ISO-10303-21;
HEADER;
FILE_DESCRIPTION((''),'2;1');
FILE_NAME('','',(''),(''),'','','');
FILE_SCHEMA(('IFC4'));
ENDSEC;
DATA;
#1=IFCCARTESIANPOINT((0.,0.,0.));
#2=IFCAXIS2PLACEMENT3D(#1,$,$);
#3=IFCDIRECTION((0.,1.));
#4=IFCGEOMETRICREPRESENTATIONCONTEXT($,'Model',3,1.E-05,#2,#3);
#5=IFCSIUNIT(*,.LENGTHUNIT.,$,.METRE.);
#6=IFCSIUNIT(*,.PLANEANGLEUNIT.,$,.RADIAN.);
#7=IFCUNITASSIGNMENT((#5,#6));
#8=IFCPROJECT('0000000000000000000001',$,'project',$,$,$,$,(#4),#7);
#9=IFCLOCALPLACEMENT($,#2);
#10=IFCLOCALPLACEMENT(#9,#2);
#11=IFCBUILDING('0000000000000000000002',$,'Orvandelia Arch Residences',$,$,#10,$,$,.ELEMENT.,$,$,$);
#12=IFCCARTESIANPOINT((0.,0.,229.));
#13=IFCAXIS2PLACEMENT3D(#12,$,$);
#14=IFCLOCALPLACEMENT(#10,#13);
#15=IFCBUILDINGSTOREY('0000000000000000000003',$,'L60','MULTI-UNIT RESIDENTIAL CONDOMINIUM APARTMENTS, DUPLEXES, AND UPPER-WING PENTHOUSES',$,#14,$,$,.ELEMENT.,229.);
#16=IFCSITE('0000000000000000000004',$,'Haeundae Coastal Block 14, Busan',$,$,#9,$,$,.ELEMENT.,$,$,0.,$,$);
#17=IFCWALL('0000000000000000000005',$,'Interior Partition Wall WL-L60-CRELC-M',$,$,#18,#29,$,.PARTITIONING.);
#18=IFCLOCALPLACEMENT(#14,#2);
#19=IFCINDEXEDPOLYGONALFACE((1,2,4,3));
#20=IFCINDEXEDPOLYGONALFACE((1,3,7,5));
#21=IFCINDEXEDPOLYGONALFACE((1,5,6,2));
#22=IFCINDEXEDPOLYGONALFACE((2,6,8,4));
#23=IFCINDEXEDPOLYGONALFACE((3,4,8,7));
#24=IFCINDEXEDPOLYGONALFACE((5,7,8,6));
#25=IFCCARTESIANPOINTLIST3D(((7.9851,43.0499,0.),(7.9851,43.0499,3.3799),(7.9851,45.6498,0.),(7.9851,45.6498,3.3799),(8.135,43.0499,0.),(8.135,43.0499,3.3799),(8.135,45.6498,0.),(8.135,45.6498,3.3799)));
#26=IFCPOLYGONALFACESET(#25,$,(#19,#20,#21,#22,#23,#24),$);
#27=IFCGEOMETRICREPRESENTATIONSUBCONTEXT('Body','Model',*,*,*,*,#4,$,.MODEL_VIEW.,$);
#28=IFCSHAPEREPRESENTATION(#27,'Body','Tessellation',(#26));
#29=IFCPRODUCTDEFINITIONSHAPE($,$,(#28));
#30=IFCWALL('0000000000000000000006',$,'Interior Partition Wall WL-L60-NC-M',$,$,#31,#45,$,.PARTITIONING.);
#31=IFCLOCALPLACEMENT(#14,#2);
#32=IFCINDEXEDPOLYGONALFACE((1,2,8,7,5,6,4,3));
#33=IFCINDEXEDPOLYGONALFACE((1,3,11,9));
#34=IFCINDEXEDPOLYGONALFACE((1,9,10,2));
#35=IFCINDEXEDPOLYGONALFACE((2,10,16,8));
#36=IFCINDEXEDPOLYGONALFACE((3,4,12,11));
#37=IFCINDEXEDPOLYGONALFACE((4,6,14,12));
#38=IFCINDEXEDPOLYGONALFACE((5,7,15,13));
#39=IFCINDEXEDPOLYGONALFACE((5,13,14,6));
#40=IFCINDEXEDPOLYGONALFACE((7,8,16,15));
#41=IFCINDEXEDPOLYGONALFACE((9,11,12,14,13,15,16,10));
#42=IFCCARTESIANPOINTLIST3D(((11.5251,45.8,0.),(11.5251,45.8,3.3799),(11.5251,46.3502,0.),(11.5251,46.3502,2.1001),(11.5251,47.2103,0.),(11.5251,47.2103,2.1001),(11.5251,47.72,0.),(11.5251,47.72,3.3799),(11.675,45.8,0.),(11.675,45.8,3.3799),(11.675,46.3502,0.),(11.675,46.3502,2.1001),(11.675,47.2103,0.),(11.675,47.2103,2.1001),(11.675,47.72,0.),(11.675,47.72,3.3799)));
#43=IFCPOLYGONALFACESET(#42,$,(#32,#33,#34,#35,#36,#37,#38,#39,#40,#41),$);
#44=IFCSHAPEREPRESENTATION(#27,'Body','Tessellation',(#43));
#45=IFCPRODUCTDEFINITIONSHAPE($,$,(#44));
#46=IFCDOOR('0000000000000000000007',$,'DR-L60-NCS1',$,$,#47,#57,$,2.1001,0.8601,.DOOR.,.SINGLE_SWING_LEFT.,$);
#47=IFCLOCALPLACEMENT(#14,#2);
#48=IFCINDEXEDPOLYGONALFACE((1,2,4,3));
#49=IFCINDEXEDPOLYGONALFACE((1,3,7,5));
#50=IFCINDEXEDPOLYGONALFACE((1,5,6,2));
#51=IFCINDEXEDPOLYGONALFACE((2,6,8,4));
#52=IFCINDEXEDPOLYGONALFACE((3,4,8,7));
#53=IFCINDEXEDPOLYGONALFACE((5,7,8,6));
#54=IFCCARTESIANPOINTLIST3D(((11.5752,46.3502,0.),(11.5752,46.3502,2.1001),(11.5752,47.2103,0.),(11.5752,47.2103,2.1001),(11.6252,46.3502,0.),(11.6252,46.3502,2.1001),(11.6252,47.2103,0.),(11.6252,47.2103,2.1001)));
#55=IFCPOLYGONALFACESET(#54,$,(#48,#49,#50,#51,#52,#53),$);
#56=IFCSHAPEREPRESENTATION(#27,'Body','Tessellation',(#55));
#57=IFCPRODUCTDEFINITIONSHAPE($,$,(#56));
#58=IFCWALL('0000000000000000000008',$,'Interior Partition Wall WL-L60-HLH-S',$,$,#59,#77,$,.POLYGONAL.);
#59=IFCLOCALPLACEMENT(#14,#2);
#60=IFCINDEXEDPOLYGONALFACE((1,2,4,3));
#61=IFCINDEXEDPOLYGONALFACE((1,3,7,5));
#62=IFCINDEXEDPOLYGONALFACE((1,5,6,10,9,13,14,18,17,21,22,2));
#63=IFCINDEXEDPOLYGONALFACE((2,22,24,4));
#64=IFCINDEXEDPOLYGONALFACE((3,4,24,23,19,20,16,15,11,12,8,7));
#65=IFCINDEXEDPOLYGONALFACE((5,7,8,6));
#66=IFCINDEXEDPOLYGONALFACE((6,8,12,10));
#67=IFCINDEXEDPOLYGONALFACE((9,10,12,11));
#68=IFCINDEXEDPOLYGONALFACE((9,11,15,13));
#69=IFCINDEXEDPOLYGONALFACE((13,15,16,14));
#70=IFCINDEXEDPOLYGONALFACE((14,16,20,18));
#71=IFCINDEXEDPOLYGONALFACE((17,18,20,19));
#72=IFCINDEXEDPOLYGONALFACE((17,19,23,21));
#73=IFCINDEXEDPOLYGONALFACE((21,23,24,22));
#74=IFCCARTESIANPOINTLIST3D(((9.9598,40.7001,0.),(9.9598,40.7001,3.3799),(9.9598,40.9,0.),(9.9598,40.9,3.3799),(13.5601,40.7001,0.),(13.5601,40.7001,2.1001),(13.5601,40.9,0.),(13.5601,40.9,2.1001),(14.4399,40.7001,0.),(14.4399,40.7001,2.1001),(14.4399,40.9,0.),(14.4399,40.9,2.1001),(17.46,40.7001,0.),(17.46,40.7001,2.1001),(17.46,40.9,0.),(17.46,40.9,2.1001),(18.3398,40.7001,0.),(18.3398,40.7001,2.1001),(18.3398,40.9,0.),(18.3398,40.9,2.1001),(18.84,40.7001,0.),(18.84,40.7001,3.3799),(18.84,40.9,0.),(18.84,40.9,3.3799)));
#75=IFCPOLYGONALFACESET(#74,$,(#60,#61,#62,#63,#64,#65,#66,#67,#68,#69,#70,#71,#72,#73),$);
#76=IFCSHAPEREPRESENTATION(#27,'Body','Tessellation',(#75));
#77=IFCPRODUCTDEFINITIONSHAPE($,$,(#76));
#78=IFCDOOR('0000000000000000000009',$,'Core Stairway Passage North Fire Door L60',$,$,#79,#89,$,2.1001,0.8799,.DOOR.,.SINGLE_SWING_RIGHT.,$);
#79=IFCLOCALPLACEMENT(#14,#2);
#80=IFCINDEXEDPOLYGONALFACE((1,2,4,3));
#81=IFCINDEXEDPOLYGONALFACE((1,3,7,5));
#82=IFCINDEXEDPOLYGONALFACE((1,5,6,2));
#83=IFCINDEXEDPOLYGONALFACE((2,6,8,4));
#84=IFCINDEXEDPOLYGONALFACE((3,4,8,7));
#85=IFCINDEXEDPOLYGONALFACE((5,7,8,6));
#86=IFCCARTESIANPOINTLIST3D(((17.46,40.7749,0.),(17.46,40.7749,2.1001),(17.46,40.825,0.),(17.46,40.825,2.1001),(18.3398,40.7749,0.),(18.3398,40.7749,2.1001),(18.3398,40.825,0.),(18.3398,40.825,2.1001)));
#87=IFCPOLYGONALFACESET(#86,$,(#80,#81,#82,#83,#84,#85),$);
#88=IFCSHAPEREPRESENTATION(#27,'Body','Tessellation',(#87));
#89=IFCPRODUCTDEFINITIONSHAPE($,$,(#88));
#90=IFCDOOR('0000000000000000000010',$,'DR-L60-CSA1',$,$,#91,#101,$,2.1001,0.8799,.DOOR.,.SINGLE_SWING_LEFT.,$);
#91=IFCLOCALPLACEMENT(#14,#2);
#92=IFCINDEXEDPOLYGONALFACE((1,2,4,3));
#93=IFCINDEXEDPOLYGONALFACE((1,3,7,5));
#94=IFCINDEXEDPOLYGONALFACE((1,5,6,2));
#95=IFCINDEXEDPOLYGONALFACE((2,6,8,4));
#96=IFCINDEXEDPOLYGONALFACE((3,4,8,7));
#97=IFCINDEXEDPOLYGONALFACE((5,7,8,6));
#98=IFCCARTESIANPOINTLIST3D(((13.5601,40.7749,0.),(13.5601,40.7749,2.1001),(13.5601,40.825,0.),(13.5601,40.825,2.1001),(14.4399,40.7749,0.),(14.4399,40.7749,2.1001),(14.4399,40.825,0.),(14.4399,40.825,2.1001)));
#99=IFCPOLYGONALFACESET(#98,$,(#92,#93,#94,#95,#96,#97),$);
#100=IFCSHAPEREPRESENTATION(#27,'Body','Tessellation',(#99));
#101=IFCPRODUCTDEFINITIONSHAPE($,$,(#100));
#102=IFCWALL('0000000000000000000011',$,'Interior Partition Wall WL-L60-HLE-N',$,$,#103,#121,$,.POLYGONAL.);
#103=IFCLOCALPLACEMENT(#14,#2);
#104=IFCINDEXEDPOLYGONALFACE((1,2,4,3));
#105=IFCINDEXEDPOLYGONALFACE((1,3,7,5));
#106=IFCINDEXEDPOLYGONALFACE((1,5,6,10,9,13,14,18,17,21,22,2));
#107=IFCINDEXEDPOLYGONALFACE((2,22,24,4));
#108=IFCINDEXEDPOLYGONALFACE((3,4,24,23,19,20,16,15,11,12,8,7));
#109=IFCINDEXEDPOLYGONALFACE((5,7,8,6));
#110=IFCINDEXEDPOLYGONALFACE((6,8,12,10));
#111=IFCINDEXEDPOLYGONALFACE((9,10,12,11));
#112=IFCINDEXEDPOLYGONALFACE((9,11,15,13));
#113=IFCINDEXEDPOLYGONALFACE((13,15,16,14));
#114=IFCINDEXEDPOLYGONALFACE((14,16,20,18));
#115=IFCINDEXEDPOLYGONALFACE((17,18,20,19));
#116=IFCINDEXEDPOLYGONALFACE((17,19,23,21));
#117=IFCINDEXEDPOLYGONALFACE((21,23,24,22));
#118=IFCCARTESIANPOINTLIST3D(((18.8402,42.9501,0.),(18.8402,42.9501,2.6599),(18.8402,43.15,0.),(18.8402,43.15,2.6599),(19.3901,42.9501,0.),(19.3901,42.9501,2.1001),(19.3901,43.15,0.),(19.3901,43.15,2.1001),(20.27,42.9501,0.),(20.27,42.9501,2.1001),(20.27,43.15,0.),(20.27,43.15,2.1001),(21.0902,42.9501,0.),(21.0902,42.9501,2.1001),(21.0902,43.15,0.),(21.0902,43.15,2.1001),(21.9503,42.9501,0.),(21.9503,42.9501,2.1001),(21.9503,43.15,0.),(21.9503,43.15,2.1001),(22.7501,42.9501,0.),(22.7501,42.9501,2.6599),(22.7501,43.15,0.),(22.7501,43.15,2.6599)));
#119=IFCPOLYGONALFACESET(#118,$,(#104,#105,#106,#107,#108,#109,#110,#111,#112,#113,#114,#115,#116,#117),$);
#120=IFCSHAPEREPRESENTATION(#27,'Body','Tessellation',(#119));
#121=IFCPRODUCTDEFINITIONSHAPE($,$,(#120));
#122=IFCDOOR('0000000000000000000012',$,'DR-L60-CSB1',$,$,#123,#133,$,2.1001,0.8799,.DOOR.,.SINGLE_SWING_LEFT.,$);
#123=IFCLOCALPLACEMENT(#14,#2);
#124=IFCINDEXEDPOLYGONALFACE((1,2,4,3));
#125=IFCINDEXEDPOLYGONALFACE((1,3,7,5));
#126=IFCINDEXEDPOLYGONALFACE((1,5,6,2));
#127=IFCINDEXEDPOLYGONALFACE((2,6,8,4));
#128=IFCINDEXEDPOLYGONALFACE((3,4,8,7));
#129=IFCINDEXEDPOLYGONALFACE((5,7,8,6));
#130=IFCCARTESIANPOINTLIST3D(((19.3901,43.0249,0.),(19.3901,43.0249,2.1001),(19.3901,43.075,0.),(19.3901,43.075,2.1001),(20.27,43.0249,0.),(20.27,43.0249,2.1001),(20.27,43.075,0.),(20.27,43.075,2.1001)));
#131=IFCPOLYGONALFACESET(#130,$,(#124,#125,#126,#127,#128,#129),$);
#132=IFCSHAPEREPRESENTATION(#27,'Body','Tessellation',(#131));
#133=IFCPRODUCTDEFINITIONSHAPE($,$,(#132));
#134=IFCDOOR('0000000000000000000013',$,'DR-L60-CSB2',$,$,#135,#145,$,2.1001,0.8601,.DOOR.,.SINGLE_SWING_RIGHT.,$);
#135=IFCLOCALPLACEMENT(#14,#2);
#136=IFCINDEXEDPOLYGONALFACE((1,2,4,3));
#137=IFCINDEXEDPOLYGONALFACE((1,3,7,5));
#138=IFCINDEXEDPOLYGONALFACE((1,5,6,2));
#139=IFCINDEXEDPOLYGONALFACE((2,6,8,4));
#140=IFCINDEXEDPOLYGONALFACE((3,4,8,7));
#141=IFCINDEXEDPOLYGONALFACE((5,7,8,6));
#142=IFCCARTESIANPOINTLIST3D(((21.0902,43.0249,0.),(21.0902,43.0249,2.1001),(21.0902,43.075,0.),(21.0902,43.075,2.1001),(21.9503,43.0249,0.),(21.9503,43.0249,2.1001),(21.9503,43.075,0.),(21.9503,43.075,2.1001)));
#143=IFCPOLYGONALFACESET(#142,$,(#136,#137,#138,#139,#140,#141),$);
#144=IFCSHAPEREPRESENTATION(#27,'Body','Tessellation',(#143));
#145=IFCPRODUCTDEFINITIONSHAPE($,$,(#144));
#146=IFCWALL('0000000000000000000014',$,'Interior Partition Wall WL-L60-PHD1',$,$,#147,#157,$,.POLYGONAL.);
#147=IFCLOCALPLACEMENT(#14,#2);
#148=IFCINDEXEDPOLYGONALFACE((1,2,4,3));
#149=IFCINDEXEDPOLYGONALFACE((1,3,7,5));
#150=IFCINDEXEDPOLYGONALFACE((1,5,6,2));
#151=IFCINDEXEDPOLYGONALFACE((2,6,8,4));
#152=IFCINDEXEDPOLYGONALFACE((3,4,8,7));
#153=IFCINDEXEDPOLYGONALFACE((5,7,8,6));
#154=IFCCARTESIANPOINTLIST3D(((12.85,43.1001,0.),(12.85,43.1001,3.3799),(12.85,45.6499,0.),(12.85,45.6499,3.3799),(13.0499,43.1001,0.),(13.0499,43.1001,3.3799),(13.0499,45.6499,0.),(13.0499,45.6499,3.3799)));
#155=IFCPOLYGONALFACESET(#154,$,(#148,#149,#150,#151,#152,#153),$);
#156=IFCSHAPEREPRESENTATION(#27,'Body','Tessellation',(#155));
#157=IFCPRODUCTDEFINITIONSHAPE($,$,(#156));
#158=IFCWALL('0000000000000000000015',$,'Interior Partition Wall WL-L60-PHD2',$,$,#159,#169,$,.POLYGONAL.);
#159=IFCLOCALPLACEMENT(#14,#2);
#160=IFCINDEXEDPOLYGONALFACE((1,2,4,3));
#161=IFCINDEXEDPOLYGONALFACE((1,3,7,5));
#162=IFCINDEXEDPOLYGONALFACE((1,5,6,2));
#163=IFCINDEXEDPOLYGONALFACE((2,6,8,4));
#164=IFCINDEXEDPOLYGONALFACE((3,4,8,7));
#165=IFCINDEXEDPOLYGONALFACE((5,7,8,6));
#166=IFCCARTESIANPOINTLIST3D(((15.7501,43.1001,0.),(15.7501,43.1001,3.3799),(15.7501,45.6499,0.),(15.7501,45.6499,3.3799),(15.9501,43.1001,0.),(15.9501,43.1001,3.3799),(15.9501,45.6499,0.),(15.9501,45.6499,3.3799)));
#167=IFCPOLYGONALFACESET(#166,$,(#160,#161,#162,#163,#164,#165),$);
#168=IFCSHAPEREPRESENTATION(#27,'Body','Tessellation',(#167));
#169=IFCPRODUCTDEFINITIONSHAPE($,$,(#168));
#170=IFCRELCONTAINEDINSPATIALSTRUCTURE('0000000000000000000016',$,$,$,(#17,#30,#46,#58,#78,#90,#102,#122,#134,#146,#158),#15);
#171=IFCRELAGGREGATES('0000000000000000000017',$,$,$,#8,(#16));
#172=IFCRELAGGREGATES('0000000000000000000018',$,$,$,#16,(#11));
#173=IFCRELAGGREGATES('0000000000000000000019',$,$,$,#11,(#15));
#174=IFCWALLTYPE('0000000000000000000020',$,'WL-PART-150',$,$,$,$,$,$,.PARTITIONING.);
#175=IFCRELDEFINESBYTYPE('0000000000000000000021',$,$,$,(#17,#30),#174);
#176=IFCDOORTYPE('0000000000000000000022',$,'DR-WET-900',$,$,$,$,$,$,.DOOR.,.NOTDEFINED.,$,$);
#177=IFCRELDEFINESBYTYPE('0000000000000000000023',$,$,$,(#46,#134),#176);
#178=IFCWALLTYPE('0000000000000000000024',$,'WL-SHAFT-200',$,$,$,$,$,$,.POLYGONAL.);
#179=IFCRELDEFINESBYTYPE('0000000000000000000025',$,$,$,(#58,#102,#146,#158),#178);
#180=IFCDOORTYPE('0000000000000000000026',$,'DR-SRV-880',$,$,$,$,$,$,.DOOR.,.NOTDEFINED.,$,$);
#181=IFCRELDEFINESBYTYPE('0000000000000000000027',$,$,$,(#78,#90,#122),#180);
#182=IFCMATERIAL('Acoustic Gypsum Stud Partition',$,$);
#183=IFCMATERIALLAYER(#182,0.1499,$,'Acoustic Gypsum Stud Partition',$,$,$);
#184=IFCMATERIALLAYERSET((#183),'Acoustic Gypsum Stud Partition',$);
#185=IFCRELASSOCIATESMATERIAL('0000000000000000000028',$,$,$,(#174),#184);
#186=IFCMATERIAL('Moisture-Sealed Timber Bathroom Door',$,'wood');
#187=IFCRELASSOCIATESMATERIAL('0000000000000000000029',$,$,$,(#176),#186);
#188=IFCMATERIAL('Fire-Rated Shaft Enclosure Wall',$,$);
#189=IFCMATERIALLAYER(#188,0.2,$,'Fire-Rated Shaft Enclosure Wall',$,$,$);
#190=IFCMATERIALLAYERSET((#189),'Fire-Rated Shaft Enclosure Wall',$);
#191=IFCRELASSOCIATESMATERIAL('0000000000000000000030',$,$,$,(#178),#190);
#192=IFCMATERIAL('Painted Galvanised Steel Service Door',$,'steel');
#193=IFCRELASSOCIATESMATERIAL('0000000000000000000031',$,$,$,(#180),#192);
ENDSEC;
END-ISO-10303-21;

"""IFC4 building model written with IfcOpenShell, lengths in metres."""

from ifc_helpers import new_model, si_unit, direction, frame, frame_2d, origin, place, context, subcontext, project, spatial, rectangle, extrude, material, layer, layer_set, type_object, element, fill, save


model = new_model("IFC4")

# Units and contexts
model_context = context("Model", 3, precision=1e-05, world=origin(), true_north=direction((0.0, 1.0)))
body_context = subcontext(model_context, "Body", "Model", "MODEL_VIEW")
ifc_project = project(units=[si_unit("LENGTHUNIT", "METRE"), si_unit("PLANEANGLEUNIT", "RADIAN")], contexts=[model_context])

# Site, building, storey
site_placement = place(None, origin())
site = spatial("IfcSite", under=ifc_project, at=site_placement, Name="Haeundae Coastal Block 14, Busan", CompositionType="ELEMENT", RefElevation=0.0)
building_placement = place(site_placement, origin())
building = spatial("IfcBuilding", under=site, at=building_placement, Name="Orvandelia Arch Residences", CompositionType="ELEMENT")
storey_placement = place(building_placement, frame((0.0, 0.0, 229.0)))
storey = spatial("IfcBuildingStorey", under=building, at=storey_placement, Name="L60", Description="MULTI-UNIT RESIDENTIAL CONDOMINIUM APARTMENTS, DUPLEXES, AND UPPER-WING PENTHOUSES", CompositionType="ELEMENT", Elevation=229.0)

# Wall
ifc_material_1 = material(Name="Acoustic Gypsum Stud Partition")
ifc_layer_1 = layer(ifc_material_1, 0.1499, Name="Acoustic Gypsum Stud Partition")
ifc_layer_set_1 = layer_set([ifc_layer_1], Name="Acoustic Gypsum Stud Partition")
wall_type_1 = type_object("IfcWallType", Name="WL-PART-150", PredefinedType="PARTITIONING", material=ifc_layer_set_1)
wall_1_placement = place(storey_placement, frame((8.0601, 43.05, 0.0), z_axis=(0.0, 0.0, 1.0), x_axis=(0.0, 1.0, 0.0)))
element("IfcWall", 1, at=wall_1_placement, inside=storey, type_object=wall_type_1, Name="Interior Partition Wall WL-L60-CRELC-M", PredefinedType="PARTITIONING", context=body_context, shape_type="SweptSolid", body=[
    extrude(rectangle(XDim=2.5999, YDim=0.1499, at=frame_2d((1.2998, 0.0))), origin(), (0.0, 0.0, 1.0), 3.3799),
])

# Wall, opening, door
wall_2_placement = place(storey_placement, frame((11.6001, 45.8, 0.0), z_axis=(0.0, 0.0, 1.0), x_axis=(0.0, 1.0, 0.0)))
wall_2 = element("IfcWall", 2, at=wall_2_placement, inside=storey, type_object=wall_type_1, Name="Interior Partition Wall WL-L60-NC-M", PredefinedType="PARTITIONING", context=body_context, shape_type="SweptSolid", body=[
    extrude(rectangle(XDim=1.9199, YDim=0.1499, at=frame_2d((0.96, 0.0))), origin(), (0.0, 0.0, 1.0), 3.3799),
])
opening_1_placement = place(wall_2_placement, frame((0.55, 0.0, 0.0)))
opening_1 = element("IfcOpeningElement", 3, at=opening_1_placement, cuts=wall_2, PredefinedType="OPENING", context=body_context, shape_type="SweptSolid", body=[
    extrude(rectangle(XDim=0.8601, YDim=2.1001, at=frame_2d((0.4302, 1.05))), frame((0.0, 0.085, 0.0), z_axis=(0.0, -1.0, 0.0), x_axis=(1.0, 0.0, 0.0)), (0.0, 0.0, 1.0), 0.1699),
])
ifc_material_2 = material(Name="Moisture-Sealed Timber Bathroom Door", Category="wood")
door_type_1 = type_object("IfcDoorType", Name="DR-WET-900", OperationType="NOTDEFINED", PredefinedType="DOOR", material=ifc_material_2)
door_1_placement = place(opening_1_placement, origin())
door_1 = element("IfcDoor", 4, at=door_1_placement, inside=storey, type_object=door_type_1, Name="DR-L60-NCS1", OperationType="SINGLE_SWING_LEFT", OverallHeight=2.1001, OverallWidth=0.8601, PredefinedType="DOOR", context=body_context, shape_type="SweptSolid", body=[
    extrude(rectangle(XDim=0.8601, YDim=2.1001, at=frame_2d((0.4302, 1.05))), frame((0.0, 0.0249, 0.0), z_axis=(0.0, -1.0, 0.0), x_axis=(1.0, 0.0, 0.0)), (0.0, 0.0, 1.0), 0.05),
])
fill(opening_1, door_1)

# Walls, openings, doors
ifc_material_3 = material(Name="Fire-Rated Shaft Enclosure Wall")
ifc_layer_2 = layer(ifc_material_3, 0.2, Name="Fire-Rated Shaft Enclosure Wall")
ifc_layer_set_2 = layer_set([ifc_layer_2], Name="Fire-Rated Shaft Enclosure Wall")
wall_type_2 = type_object("IfcWallType", Name="WL-SHAFT-200", PredefinedType="POLYGONAL", material=ifc_layer_set_2)
wall_3_placement = place(storey_placement, frame((9.96, 40.8, 0.0), z_axis=(0.0, 0.0, 1.0), x_axis=(1.0, 0.0, 0.0)))
wall_3 = element("IfcWall", 5, at=wall_3_placement, inside=storey, type_object=wall_type_2, Name="Interior Partition Wall WL-L60-HLH-S", PredefinedType="POLYGONAL", context=body_context, shape_type="SweptSolid", body=[
    extrude(rectangle(XDim=8.8801, YDim=0.2, at=frame_2d((4.4399, 0.0))), origin(), (0.0, 0.0, 1.0), 3.3799),
])
opening_2_placement = place(wall_3_placement, frame((7.5, 0.0, 0.0)))
opening_2 = element("IfcOpeningElement", 6, at=opening_2_placement, cuts=wall_3, PredefinedType="OPENING", context=body_context, shape_type="SweptSolid", body=[
    extrude(rectangle(XDim=0.8799, YDim=2.1001, at=frame_2d((0.4399, 1.05))), frame((0.0, 0.1099, 0.0), z_axis=(0.0, -1.0, 0.0), x_axis=(1.0, 0.0, 0.0)), (0.0, 0.0, 1.0), 0.22),
])
opening_3_placement = place(wall_3_placement, frame((3.6001, 0.0, 0.0)))
opening_3 = element("IfcOpeningElement", 7, at=opening_3_placement, cuts=wall_3, PredefinedType="OPENING", context=body_context, shape_type="SweptSolid", body=[
    extrude(rectangle(XDim=0.8799, YDim=2.1001, at=frame_2d((0.4399, 1.05))), frame((0.0, 0.1099, 0.0), z_axis=(0.0, -1.0, 0.0), x_axis=(1.0, 0.0, 0.0)), (0.0, 0.0, 1.0), 0.22),
])
ifc_material_4 = material(Name="Painted Galvanised Steel Service Door", Category="steel")
door_type_2 = type_object("IfcDoorType", Name="DR-SRV-880", OperationType="NOTDEFINED", PredefinedType="DOOR", material=ifc_material_4)
door_2_placement = place(opening_2_placement, origin())
door_2 = element("IfcDoor", 8, at=door_2_placement, inside=storey, type_object=door_type_2, Name="Core Stairway Passage North Fire Door L60", OperationType="SINGLE_SWING_RIGHT", OverallHeight=2.1001, OverallWidth=0.8799, PredefinedType="DOOR", context=body_context, shape_type="SweptSolid", body=[
    extrude(rectangle(XDim=0.8799, YDim=2.1001, at=frame_2d((0.4399, 1.05))), frame((0.0, 0.0249, 0.0), z_axis=(0.0, -1.0, 0.0), x_axis=(1.0, 0.0, 0.0)), (0.0, 0.0, 1.0), 0.05),
])
fill(opening_2, door_2)
door_3_placement = place(opening_3_placement, origin())
door_3 = element("IfcDoor", 9, at=door_3_placement, inside=storey, type_object=door_type_2, Name="DR-L60-CSA1", OperationType="SINGLE_SWING_LEFT", OverallHeight=2.1001, OverallWidth=0.8799, PredefinedType="DOOR", context=body_context, shape_type="SweptSolid", body=[
    extrude(rectangle(XDim=0.8799, YDim=2.1001, at=frame_2d((0.4399, 1.05))), frame((0.0, 0.0249, 0.0), z_axis=(0.0, -1.0, 0.0), x_axis=(1.0, 0.0, 0.0)), (0.0, 0.0, 1.0), 0.05),
])
fill(opening_3, door_3)
wall_4_placement = place(storey_placement, frame((18.8401, 43.05, 0.0), z_axis=(0.0, 0.0, 1.0), x_axis=(1.0, 0.0, 0.0)))
wall_4 = element("IfcWall", 10, at=wall_4_placement, inside=storey, type_object=wall_type_2, Name="Interior Partition Wall WL-L60-HLE-N", PredefinedType="POLYGONAL", context=body_context, shape_type="SweptSolid", body=[
    extrude(rectangle(XDim=3.9099, YDim=0.2, at=frame_2d((1.9551, 0.0))), origin(), (0.0, 0.0, 1.0), 2.6599),
])
opening_4_placement = place(wall_4_placement, frame((0.55, 0.0, 0.0)))
opening_4 = element("IfcOpeningElement", 11, at=opening_4_placement, cuts=wall_4, PredefinedType="OPENING", context=body_context, shape_type="SweptSolid", body=[
    extrude(rectangle(XDim=0.8799, YDim=2.1001, at=frame_2d((0.4399, 1.05))), frame((0.0, 0.1099, 0.0), z_axis=(0.0, -1.0, 0.0), x_axis=(1.0, 0.0, 0.0)), (0.0, 0.0, 1.0), 0.22),
])
opening_5_placement = place(wall_4_placement, frame((2.25, 0.0, 0.0)))
opening_5 = element("IfcOpeningElement", 12, at=opening_5_placement, cuts=wall_4, PredefinedType="OPENING", context=body_context, shape_type="SweptSolid", body=[
    extrude(rectangle(XDim=0.8601, YDim=2.1001, at=frame_2d((0.4302, 1.05))), frame((0.0, 0.1099, 0.0), z_axis=(0.0, -1.0, 0.0), x_axis=(1.0, 0.0, 0.0)), (0.0, 0.0, 1.0), 0.22),
])
door_4_placement = place(opening_4_placement, origin())
door_4 = element("IfcDoor", 13, at=door_4_placement, inside=storey, type_object=door_type_2, Name="DR-L60-CSB1", OperationType="SINGLE_SWING_LEFT", OverallHeight=2.1001, OverallWidth=0.8799, PredefinedType="DOOR", context=body_context, shape_type="SweptSolid", body=[
    extrude(rectangle(XDim=0.8799, YDim=2.1001, at=frame_2d((0.4399, 1.05))), frame((0.0, 0.0249, 0.0), z_axis=(0.0, -1.0, 0.0), x_axis=(1.0, 0.0, 0.0)), (0.0, 0.0, 1.0), 0.05),
])
fill(opening_4, door_4)
door_5_placement = place(opening_5_placement, origin())
door_5 = element("IfcDoor", 14, at=door_5_placement, inside=storey, type_object=door_type_1, Name="DR-L60-CSB2", OperationType="SINGLE_SWING_RIGHT", OverallHeight=2.1001, OverallWidth=0.8601, PredefinedType="DOOR", context=body_context, shape_type="SweptSolid", body=[
    extrude(rectangle(XDim=0.8601, YDim=2.1001, at=frame_2d((0.4302, 1.05))), frame((0.0, 0.0249, 0.0), z_axis=(0.0, -1.0, 0.0), x_axis=(1.0, 0.0, 0.0)), (0.0, 0.0, 1.0), 0.05),
])
fill(opening_5, door_5)

# Walls
for number, where, z_axis, x_axis, name in (
    (15, (12.95, 43.1001, 0.0), (0.0, 0.0, 1.0), (0.0, 1.0, 0.0), "Interior Partition Wall WL-L60-PHD1"),
    (16, (15.8501, 43.1001, 0.0), (0.0, 0.0, 1.0), (0.0, 1.0, 0.0), "Interior Partition Wall WL-L60-PHD2"),
):
    element("IfcWall", number, at=place(storey_placement, frame(where, z_axis=z_axis, x_axis=x_axis)), inside=storey, type_object=wall_type_2, Name=name, PredefinedType="POLYGONAL", context=body_context, shape_type="SweptSolid", body=[
        extrude(rectangle(XDim=2.5498, YDim=0.2, at=frame_2d((1.2749, 0.0))), origin(), (0.0, 0.0, 1.0), 3.3799),
    ])

save(model, "model.ifc")
